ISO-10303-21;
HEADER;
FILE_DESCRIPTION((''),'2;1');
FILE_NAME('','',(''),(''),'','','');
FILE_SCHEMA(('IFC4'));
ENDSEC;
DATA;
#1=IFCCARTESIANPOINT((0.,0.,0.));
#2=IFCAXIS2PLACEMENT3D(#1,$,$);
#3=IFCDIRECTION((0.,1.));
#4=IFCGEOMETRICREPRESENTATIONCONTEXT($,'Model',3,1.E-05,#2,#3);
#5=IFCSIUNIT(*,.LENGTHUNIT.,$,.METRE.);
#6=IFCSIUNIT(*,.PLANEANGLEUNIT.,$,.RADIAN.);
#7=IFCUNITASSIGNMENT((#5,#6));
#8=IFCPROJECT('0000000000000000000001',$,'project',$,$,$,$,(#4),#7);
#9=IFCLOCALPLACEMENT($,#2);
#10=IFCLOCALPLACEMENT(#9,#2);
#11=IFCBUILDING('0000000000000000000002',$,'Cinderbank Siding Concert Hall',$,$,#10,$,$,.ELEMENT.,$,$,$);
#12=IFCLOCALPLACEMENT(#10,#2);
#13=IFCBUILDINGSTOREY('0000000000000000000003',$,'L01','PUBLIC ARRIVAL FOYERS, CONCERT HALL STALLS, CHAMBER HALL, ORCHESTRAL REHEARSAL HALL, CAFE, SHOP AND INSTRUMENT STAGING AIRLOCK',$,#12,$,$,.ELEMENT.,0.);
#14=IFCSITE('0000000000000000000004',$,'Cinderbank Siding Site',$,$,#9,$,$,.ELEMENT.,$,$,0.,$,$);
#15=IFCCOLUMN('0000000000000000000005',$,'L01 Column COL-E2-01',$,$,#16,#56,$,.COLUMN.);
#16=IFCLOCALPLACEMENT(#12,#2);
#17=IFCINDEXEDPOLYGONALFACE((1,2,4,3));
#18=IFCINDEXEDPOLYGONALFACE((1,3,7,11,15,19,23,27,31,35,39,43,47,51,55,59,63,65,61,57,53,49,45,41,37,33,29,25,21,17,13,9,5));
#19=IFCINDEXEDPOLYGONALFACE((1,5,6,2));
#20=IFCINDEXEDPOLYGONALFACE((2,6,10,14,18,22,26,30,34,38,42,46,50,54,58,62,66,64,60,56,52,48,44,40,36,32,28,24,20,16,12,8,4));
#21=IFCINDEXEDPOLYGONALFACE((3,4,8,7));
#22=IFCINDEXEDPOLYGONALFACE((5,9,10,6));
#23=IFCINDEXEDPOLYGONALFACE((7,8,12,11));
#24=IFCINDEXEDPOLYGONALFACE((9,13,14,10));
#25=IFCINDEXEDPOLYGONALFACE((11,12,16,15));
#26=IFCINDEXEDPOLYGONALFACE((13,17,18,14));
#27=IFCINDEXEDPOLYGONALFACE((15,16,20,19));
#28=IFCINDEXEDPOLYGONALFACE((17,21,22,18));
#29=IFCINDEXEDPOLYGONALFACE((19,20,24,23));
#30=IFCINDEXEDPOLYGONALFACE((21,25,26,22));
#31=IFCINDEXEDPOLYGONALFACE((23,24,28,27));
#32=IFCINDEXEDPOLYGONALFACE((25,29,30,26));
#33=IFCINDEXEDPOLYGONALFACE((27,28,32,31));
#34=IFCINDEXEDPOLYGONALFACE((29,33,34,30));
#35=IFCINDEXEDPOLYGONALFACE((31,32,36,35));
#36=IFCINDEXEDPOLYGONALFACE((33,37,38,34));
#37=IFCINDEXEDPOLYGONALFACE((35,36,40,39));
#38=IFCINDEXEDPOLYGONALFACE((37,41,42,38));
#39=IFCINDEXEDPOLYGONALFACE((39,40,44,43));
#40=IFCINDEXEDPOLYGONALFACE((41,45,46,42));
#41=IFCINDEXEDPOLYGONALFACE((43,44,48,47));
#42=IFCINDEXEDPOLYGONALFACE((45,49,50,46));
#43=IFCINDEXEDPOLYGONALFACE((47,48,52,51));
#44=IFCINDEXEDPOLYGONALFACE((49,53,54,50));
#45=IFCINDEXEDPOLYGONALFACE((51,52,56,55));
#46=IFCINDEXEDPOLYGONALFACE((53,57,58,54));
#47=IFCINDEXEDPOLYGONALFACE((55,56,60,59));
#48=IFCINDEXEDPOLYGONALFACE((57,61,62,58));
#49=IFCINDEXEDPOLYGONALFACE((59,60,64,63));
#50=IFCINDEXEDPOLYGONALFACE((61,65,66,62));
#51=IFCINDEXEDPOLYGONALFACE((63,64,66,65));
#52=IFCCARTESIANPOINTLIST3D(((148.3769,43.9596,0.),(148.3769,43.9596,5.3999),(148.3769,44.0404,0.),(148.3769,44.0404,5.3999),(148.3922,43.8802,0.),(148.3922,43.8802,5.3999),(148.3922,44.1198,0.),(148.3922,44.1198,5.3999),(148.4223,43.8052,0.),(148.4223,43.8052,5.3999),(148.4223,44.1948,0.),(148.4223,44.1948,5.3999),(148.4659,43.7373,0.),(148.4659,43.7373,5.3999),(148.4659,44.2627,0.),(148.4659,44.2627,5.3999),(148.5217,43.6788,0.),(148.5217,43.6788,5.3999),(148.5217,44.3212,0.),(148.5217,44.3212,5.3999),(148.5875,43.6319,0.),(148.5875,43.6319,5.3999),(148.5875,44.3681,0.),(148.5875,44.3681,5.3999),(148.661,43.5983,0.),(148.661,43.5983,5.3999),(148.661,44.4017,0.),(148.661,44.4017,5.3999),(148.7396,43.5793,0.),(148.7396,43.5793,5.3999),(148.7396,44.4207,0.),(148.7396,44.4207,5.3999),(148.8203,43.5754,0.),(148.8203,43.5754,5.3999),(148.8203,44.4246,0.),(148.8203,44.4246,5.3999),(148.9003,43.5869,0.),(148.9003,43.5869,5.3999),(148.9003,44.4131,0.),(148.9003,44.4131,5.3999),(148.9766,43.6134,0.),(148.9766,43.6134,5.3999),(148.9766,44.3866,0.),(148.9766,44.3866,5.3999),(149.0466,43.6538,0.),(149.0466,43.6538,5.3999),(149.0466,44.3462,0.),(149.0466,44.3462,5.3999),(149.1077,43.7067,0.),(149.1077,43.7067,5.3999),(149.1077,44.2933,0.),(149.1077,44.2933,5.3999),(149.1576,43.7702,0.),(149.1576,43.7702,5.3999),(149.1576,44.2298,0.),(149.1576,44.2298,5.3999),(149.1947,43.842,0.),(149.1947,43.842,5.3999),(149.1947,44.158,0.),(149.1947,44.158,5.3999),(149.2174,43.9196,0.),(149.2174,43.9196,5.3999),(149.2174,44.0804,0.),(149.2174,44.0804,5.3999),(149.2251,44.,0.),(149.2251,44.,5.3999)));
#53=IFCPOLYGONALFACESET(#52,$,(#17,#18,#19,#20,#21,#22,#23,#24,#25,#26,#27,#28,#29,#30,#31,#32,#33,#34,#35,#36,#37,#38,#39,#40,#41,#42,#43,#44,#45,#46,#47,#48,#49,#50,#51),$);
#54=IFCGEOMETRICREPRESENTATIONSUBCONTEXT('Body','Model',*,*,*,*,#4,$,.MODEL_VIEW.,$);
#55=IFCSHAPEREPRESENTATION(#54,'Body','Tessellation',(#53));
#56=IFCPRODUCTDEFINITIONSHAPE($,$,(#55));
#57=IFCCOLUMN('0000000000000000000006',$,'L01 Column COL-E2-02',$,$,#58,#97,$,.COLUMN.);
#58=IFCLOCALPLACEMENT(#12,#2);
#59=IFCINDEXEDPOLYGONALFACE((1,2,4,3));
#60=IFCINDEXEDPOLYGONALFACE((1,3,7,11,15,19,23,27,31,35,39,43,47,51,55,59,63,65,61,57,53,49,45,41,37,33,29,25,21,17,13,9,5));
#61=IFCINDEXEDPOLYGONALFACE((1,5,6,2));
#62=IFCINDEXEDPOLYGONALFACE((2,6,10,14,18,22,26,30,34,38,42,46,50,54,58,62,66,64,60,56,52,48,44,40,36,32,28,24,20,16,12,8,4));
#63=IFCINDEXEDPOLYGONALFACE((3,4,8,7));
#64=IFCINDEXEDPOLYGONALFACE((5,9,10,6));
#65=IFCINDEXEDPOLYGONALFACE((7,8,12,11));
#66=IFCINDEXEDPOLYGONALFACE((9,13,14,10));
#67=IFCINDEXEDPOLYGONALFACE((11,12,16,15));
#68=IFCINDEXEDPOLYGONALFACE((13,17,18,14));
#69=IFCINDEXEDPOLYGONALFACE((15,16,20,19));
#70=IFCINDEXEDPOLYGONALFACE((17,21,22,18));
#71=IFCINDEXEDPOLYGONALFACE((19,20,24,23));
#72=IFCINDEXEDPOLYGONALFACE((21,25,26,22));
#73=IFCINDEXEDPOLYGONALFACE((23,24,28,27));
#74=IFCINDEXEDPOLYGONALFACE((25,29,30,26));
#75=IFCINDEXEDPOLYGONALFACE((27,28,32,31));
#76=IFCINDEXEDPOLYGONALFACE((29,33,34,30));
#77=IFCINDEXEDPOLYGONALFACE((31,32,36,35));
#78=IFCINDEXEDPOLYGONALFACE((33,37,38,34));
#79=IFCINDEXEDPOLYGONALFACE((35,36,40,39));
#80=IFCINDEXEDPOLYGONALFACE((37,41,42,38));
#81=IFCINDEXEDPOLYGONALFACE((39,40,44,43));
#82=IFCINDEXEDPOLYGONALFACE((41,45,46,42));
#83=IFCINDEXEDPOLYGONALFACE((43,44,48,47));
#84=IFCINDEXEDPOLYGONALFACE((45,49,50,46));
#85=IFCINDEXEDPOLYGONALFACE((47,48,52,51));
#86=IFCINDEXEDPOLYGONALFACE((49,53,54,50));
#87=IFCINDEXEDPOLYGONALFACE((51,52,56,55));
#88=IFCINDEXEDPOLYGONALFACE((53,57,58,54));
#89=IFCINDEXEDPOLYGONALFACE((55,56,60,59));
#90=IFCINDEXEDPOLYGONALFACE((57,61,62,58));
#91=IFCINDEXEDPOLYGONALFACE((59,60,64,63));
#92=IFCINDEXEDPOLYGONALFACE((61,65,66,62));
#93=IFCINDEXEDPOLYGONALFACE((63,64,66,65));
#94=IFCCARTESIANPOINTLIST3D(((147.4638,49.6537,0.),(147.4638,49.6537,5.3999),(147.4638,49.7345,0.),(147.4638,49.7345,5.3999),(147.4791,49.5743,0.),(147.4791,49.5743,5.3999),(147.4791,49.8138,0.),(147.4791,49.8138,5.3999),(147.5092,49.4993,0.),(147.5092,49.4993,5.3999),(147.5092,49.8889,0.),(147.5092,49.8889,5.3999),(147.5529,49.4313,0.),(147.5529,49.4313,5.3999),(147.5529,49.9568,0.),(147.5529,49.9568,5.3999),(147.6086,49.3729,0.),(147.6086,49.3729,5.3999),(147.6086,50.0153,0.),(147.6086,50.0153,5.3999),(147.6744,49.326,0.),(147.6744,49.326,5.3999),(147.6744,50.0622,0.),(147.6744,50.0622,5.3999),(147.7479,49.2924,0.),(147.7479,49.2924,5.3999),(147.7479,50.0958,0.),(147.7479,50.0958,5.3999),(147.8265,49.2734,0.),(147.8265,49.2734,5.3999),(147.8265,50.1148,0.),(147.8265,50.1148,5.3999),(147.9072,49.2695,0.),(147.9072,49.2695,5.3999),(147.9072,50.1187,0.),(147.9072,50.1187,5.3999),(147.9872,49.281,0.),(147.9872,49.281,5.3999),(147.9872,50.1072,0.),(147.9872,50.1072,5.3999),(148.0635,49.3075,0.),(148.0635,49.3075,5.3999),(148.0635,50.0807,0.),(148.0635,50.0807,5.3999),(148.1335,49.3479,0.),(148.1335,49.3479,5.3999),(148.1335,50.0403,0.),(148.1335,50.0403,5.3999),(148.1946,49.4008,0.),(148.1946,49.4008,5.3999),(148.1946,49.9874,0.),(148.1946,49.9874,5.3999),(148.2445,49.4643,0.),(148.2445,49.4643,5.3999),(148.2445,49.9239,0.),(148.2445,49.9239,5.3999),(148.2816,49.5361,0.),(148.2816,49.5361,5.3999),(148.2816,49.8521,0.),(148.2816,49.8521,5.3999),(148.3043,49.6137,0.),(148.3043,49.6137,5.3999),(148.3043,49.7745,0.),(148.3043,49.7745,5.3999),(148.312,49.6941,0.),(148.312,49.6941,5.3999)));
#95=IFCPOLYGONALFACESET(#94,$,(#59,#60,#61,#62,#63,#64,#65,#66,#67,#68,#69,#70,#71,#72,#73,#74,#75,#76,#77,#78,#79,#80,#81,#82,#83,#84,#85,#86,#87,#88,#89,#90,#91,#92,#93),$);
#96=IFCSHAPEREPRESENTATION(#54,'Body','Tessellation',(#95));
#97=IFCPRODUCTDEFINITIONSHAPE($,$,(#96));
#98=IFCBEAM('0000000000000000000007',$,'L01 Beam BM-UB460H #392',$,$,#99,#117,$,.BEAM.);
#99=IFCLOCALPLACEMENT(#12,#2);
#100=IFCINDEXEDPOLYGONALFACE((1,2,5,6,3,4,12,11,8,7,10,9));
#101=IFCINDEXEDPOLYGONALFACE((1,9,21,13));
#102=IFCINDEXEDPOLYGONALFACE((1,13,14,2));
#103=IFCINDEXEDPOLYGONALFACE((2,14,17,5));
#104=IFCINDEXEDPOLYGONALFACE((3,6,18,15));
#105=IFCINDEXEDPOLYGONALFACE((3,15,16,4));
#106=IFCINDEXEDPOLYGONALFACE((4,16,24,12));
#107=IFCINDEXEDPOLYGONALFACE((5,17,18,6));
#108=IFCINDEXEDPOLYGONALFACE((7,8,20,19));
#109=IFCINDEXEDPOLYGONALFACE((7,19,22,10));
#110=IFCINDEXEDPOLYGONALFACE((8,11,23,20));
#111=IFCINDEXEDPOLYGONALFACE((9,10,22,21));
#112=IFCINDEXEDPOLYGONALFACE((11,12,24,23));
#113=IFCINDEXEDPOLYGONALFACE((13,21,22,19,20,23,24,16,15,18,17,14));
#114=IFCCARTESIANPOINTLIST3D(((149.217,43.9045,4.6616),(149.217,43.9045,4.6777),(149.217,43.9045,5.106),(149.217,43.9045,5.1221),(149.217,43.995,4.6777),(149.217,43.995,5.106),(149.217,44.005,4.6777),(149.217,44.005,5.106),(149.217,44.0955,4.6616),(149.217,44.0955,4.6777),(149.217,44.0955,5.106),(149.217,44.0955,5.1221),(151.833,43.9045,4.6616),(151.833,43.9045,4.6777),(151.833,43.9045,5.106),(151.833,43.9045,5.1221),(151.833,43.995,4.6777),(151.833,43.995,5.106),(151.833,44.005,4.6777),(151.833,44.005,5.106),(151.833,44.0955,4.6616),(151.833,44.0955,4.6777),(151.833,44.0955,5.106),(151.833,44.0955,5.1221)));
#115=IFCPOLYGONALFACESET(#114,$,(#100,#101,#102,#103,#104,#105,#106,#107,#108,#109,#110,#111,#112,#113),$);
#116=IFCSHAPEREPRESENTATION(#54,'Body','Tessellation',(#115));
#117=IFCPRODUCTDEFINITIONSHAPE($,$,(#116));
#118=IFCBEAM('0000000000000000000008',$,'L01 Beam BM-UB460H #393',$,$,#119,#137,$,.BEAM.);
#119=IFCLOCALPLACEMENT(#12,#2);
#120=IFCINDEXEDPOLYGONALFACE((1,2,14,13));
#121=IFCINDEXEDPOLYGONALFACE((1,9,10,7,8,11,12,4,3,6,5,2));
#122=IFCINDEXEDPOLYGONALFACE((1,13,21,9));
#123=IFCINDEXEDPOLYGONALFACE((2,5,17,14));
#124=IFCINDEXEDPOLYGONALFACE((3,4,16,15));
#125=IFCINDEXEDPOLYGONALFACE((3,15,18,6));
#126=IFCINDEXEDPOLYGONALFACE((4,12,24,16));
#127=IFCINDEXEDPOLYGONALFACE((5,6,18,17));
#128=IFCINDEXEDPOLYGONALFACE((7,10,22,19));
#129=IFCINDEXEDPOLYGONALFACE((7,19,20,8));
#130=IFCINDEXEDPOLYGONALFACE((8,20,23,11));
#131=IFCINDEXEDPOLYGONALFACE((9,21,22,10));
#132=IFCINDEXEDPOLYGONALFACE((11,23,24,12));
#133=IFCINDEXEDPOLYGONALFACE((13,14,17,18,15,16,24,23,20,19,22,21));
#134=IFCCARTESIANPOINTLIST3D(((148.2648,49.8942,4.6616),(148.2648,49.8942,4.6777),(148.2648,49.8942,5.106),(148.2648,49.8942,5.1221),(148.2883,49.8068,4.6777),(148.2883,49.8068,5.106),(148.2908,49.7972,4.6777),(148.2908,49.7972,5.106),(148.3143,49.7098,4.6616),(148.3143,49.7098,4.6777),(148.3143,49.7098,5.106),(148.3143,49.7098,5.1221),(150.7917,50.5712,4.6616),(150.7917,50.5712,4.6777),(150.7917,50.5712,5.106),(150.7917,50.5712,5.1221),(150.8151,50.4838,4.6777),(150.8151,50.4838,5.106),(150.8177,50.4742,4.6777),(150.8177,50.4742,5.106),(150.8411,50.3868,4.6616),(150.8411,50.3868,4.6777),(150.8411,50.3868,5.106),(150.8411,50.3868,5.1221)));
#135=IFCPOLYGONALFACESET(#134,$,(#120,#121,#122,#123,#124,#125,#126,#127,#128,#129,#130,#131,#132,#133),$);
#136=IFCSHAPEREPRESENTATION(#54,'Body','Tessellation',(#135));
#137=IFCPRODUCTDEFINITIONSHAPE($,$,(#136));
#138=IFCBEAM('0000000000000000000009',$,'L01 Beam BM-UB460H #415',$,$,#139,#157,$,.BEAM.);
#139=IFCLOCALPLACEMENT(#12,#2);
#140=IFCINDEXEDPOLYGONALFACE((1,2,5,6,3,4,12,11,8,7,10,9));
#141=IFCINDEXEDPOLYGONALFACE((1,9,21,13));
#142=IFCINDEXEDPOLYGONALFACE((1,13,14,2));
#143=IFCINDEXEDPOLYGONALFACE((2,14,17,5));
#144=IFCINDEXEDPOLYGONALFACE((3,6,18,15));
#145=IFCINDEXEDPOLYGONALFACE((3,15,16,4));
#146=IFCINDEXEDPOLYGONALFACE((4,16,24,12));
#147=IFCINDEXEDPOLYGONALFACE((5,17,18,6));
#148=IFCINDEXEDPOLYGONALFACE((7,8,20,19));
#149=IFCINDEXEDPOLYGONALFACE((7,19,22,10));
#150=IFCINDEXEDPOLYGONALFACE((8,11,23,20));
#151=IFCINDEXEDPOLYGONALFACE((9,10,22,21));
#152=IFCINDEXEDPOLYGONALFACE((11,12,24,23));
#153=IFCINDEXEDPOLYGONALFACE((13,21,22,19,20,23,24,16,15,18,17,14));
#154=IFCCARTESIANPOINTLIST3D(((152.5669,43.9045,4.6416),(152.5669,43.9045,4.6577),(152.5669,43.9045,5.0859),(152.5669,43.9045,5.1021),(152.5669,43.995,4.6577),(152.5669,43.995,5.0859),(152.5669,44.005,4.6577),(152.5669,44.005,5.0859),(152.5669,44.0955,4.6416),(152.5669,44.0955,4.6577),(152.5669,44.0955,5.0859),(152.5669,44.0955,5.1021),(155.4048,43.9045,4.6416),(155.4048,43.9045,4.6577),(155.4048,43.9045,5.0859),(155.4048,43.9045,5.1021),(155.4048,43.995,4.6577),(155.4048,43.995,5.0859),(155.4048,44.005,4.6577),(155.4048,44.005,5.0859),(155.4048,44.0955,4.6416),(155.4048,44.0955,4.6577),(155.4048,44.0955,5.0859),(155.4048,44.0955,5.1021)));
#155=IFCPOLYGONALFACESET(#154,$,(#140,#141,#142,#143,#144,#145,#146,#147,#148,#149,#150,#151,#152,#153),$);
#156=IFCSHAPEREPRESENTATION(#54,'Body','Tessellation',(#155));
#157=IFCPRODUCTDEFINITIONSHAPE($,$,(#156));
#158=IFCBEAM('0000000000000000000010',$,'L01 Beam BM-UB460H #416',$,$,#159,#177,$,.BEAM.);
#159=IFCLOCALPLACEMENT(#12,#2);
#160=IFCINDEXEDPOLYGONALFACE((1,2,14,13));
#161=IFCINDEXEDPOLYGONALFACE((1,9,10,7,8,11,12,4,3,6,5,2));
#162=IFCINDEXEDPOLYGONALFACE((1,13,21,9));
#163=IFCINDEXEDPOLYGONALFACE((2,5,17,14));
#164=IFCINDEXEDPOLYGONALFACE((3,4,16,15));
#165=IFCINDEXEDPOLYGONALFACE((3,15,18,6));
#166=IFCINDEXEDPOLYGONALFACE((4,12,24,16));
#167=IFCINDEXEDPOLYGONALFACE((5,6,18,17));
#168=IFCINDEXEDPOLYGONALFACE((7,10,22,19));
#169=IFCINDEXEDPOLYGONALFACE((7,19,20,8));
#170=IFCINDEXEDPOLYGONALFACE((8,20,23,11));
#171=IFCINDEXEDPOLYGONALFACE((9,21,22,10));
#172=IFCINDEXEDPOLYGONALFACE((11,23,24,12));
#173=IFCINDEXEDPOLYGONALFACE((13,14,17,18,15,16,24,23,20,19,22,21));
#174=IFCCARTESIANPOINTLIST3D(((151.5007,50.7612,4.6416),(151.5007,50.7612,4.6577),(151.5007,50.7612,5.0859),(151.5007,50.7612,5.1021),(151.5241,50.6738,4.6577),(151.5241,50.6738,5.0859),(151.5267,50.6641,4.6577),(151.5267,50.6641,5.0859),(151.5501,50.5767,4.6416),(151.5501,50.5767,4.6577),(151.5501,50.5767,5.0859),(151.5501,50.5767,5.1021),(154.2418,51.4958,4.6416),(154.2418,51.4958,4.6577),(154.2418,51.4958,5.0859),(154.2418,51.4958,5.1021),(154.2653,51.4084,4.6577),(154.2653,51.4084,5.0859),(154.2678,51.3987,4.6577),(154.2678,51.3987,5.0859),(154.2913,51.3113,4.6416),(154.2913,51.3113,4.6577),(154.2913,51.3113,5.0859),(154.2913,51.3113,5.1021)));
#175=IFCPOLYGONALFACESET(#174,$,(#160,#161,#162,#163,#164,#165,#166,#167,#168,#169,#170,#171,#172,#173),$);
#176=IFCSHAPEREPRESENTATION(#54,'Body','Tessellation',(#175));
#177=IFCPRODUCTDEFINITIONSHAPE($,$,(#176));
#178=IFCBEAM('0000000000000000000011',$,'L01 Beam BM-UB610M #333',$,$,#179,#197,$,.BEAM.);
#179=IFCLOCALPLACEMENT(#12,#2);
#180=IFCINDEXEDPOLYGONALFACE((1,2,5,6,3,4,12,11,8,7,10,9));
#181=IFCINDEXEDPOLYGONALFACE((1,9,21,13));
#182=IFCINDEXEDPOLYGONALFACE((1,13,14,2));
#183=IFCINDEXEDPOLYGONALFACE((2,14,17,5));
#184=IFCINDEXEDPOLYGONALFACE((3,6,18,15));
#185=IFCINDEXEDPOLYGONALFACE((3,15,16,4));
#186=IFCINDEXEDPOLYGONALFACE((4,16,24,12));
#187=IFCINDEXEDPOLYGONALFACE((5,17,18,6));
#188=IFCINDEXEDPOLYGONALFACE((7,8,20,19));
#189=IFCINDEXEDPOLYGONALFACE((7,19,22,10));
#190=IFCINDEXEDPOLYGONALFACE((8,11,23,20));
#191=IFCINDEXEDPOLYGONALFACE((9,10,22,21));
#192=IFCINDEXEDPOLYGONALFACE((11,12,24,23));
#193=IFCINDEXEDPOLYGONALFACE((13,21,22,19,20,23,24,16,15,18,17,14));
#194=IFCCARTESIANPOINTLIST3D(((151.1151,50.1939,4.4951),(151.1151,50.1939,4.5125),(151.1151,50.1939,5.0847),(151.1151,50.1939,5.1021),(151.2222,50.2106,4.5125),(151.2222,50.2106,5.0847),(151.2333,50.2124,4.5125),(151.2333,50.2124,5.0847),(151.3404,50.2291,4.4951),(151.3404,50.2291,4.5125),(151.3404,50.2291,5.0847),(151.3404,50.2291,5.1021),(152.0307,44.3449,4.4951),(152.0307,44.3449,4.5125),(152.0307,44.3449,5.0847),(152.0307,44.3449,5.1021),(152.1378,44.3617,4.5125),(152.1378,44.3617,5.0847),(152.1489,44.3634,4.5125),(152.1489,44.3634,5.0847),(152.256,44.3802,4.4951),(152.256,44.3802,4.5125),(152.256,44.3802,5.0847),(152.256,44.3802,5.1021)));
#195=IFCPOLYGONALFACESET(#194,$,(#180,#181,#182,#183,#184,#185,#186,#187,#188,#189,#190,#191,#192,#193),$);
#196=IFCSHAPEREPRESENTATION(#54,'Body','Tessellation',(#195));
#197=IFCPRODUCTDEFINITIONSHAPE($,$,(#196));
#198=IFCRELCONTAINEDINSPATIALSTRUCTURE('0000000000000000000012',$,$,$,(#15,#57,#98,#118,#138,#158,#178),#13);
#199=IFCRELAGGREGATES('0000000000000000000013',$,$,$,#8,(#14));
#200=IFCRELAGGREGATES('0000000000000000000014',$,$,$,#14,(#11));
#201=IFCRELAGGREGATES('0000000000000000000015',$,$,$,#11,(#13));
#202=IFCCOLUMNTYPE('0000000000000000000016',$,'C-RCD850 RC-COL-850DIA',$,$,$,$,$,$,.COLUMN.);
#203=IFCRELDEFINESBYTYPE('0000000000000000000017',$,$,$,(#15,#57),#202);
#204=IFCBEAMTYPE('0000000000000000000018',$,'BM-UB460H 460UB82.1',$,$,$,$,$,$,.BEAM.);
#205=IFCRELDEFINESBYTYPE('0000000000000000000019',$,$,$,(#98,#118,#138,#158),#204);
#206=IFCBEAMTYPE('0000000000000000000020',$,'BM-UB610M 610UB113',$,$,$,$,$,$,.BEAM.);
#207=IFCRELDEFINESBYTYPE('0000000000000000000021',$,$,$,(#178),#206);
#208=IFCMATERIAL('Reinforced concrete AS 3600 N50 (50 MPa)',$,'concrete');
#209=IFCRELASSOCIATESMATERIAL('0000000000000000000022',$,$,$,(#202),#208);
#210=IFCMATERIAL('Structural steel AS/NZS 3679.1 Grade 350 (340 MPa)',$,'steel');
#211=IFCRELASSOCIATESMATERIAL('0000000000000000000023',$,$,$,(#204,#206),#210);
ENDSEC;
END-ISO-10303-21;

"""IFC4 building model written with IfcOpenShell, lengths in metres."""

from ifc_helpers import new_model, si_unit, direction, frame, origin, origin_2d, place, context, subcontext, project, spatial, circle, i_section, extrude, material, material_profile, profile_set, type_object, element, save


model = new_model("IFC4")

# Units and contexts
model_context = context("Model", 3, precision=1e-05, world=origin(), true_north=direction((0.0, 1.0)))
body_context = subcontext(model_context, "Body", "Model", "MODEL_VIEW")
ifc_project = project(units=[si_unit("LENGTHUNIT", "METRE"), si_unit("PLANEANGLEUNIT", "RADIAN")], contexts=[model_context])

# Site, building, storey
site_placement = place(None, origin())
site = spatial("IfcSite", under=ifc_project, at=site_placement, Name="Cinderbank Siding Site", CompositionType="ELEMENT", RefElevation=0.0)
building_placement = place(site_placement, origin())
building = spatial("IfcBuilding", under=site, at=building_placement, Name="Cinderbank Siding Concert Hall", CompositionType="ELEMENT")
storey_placement = place(building_placement, origin())
storey = spatial("IfcBuildingStorey", under=building, at=storey_placement, Name="L01", Description="PUBLIC ARRIVAL FOYERS, CONCERT HALL STALLS, CHAMBER HALL, ORCHESTRAL REHEARSAL HALL, CAFE, SHOP AND INSTRUMENT STAGING AIRLOCK", CompositionType="ELEMENT", Elevation=0.0)

# Columns
ifc_material_1 = material(Name="Reinforced concrete AS 3600 N50 (50 MPa)", Category="concrete")
ifc_material_profile_1 = material_profile(ifc_material_1, circle(Radius=0.425, at=origin_2d()), Name="RC-COL-850DIA", Category="LoadBearing")
ifc_profile_set_1 = profile_set([ifc_material_profile_1], Name="Reinforced concrete AS 3600 N50 (50 MPa)")
column_type_1 = type_object("IfcColumnType", Name="C-RCD850 RC-COL-850DIA", PredefinedType="COLUMN", material=ifc_profile_set_1)
for number, where, z_axis, x_axis, name in (
    (1, (148.8, 44.0, 0.0), (0.0, 0.0, 1.0), (1.0, 0.0, 0.0), "L01 Column COL-E2-01"),
    (2, (147.887, 49.6941, 0.0), (0.0, 0.0, 1.0), (1.0, 0.0, 0.0), "L01 Column COL-E2-02"),
):
    element("IfcColumn", number, at=place(storey_placement, frame(where, z_axis=z_axis, x_axis=x_axis)), inside=storey, type_object=column_type_1, Name=name, PredefinedType="COLUMN", context=body_context, shape_type="SweptSolid", body=[
        extrude(circle(Radius=0.425, at=origin_2d()), origin(), (0.0, 0.0, 1.0), 5.3999),
    ])

# Beams
ifc_material_2 = material(Name="Structural steel AS/NZS 3679.1 Grade 350 (340 MPa)", Category="steel")
ifc_material_profile_2 = material_profile(ifc_material_2, i_section(OverallWidth=0.1909, OverallDepth=0.4604, WebThickness=0.01, FlangeThickness=0.0161, at=origin_2d()), Name="460UB82.1", Category="LoadBearing")
ifc_profile_set_2 = profile_set([ifc_material_profile_2], Name="Structural steel AS/NZS 3679.1 Grade 350 (340 MPa)")
beam_type_1 = type_object("IfcBeamType", Name="BM-UB460H 460UB82.1", PredefinedType="BEAM", material=ifc_profile_set_2)
for number, where, z_axis, x_axis, name in (
    (3, (149.217, 44.0, 4.8918), (1.0, 0.0, 0.0), (0.0, 1.0, 0.0), "L01 Beam BM-UB460H #392"),
    (4, (148.2896, 49.802, 4.8918), (0.965932, 0.258795, 0.0), (-0.258795, 0.965932, 0.0), "L01 Beam BM-UB460H #393"),
):
    element("IfcBeam", number, at=place(storey_placement, frame(where, z_axis=z_axis, x_axis=x_axis)), inside=storey, type_object=beam_type_1, Name=name, PredefinedType="BEAM", context=body_context, shape_type="SweptSolid", body=[
        extrude(i_section(OverallWidth=0.1909, OverallDepth=0.4604, WebThickness=0.01, FlangeThickness=0.0161, at=origin_2d()), origin(), (0.0, 0.0, 1.0), 2.616),
    ])
for number, where, z_axis, x_axis, name in (
    (5, (152.5669, 44.0, 4.8718), (1.0, 0.0, 0.0), (0.0, 1.0, 0.0), "L01 Beam BM-UB460H #415"),
    (6, (151.5254, 50.6689, 4.8718), (0.965916, 0.258856, 0.0), (-0.258856, 0.965916, 0.0), "L01 Beam BM-UB460H #416"),
):
    element("IfcBeam", number, at=place(storey_placement, frame(where, z_axis=z_axis, x_axis=x_axis)), inside=storey, type_object=beam_type_1, Name=name, PredefinedType="BEAM", context=body_context, shape_type="SweptSolid", body=[
        extrude(i_section(OverallWidth=0.1909, OverallDepth=0.4604, WebThickness=0.01, FlangeThickness=0.0161, at=origin_2d()), origin(), (0.0, 0.0, 1.0), 2.8379),
    ])
ifc_material_profile_3 = material_profile(ifc_material_2, i_section(OverallWidth=0.228, OverallDepth=0.6069, WebThickness=0.0112, FlangeThickness=0.0173, at=origin_2d()), Name="610UB113", Category="LoadBearing")
ifc_profile_set_3 = profile_set([ifc_material_profile_3], Name="Structural steel AS/NZS 3679.1 Grade 350 (340 MPa)")
beam_type_2 = type_object("IfcBeamType", Name="BM-UB610M 610UB113", PredefinedType="BEAM", material=ifc_profile_set_3)
beam_1_placement = place(storey_placement, frame((152.1433, 44.3625, 4.7986), z_axis=(-0.154647, 0.98797, 0.0), x_axis=(-0.98797, -0.154647, 0.0)))
element("IfcBeam", 7, at=beam_1_placement, inside=storey, type_object=beam_type_2, Name="L01 Beam BM-UB610M #333", PredefinedType="BEAM", context=body_context, shape_type="SweptSolid", body=[
    extrude(i_section(OverallWidth=0.228, OverallDepth=0.6069, WebThickness=0.0112, FlangeThickness=0.0173, at=origin_2d()), origin(), (0.0, 0.0, 1.0), 5.9202),
])

save(model, "model.ifc")
